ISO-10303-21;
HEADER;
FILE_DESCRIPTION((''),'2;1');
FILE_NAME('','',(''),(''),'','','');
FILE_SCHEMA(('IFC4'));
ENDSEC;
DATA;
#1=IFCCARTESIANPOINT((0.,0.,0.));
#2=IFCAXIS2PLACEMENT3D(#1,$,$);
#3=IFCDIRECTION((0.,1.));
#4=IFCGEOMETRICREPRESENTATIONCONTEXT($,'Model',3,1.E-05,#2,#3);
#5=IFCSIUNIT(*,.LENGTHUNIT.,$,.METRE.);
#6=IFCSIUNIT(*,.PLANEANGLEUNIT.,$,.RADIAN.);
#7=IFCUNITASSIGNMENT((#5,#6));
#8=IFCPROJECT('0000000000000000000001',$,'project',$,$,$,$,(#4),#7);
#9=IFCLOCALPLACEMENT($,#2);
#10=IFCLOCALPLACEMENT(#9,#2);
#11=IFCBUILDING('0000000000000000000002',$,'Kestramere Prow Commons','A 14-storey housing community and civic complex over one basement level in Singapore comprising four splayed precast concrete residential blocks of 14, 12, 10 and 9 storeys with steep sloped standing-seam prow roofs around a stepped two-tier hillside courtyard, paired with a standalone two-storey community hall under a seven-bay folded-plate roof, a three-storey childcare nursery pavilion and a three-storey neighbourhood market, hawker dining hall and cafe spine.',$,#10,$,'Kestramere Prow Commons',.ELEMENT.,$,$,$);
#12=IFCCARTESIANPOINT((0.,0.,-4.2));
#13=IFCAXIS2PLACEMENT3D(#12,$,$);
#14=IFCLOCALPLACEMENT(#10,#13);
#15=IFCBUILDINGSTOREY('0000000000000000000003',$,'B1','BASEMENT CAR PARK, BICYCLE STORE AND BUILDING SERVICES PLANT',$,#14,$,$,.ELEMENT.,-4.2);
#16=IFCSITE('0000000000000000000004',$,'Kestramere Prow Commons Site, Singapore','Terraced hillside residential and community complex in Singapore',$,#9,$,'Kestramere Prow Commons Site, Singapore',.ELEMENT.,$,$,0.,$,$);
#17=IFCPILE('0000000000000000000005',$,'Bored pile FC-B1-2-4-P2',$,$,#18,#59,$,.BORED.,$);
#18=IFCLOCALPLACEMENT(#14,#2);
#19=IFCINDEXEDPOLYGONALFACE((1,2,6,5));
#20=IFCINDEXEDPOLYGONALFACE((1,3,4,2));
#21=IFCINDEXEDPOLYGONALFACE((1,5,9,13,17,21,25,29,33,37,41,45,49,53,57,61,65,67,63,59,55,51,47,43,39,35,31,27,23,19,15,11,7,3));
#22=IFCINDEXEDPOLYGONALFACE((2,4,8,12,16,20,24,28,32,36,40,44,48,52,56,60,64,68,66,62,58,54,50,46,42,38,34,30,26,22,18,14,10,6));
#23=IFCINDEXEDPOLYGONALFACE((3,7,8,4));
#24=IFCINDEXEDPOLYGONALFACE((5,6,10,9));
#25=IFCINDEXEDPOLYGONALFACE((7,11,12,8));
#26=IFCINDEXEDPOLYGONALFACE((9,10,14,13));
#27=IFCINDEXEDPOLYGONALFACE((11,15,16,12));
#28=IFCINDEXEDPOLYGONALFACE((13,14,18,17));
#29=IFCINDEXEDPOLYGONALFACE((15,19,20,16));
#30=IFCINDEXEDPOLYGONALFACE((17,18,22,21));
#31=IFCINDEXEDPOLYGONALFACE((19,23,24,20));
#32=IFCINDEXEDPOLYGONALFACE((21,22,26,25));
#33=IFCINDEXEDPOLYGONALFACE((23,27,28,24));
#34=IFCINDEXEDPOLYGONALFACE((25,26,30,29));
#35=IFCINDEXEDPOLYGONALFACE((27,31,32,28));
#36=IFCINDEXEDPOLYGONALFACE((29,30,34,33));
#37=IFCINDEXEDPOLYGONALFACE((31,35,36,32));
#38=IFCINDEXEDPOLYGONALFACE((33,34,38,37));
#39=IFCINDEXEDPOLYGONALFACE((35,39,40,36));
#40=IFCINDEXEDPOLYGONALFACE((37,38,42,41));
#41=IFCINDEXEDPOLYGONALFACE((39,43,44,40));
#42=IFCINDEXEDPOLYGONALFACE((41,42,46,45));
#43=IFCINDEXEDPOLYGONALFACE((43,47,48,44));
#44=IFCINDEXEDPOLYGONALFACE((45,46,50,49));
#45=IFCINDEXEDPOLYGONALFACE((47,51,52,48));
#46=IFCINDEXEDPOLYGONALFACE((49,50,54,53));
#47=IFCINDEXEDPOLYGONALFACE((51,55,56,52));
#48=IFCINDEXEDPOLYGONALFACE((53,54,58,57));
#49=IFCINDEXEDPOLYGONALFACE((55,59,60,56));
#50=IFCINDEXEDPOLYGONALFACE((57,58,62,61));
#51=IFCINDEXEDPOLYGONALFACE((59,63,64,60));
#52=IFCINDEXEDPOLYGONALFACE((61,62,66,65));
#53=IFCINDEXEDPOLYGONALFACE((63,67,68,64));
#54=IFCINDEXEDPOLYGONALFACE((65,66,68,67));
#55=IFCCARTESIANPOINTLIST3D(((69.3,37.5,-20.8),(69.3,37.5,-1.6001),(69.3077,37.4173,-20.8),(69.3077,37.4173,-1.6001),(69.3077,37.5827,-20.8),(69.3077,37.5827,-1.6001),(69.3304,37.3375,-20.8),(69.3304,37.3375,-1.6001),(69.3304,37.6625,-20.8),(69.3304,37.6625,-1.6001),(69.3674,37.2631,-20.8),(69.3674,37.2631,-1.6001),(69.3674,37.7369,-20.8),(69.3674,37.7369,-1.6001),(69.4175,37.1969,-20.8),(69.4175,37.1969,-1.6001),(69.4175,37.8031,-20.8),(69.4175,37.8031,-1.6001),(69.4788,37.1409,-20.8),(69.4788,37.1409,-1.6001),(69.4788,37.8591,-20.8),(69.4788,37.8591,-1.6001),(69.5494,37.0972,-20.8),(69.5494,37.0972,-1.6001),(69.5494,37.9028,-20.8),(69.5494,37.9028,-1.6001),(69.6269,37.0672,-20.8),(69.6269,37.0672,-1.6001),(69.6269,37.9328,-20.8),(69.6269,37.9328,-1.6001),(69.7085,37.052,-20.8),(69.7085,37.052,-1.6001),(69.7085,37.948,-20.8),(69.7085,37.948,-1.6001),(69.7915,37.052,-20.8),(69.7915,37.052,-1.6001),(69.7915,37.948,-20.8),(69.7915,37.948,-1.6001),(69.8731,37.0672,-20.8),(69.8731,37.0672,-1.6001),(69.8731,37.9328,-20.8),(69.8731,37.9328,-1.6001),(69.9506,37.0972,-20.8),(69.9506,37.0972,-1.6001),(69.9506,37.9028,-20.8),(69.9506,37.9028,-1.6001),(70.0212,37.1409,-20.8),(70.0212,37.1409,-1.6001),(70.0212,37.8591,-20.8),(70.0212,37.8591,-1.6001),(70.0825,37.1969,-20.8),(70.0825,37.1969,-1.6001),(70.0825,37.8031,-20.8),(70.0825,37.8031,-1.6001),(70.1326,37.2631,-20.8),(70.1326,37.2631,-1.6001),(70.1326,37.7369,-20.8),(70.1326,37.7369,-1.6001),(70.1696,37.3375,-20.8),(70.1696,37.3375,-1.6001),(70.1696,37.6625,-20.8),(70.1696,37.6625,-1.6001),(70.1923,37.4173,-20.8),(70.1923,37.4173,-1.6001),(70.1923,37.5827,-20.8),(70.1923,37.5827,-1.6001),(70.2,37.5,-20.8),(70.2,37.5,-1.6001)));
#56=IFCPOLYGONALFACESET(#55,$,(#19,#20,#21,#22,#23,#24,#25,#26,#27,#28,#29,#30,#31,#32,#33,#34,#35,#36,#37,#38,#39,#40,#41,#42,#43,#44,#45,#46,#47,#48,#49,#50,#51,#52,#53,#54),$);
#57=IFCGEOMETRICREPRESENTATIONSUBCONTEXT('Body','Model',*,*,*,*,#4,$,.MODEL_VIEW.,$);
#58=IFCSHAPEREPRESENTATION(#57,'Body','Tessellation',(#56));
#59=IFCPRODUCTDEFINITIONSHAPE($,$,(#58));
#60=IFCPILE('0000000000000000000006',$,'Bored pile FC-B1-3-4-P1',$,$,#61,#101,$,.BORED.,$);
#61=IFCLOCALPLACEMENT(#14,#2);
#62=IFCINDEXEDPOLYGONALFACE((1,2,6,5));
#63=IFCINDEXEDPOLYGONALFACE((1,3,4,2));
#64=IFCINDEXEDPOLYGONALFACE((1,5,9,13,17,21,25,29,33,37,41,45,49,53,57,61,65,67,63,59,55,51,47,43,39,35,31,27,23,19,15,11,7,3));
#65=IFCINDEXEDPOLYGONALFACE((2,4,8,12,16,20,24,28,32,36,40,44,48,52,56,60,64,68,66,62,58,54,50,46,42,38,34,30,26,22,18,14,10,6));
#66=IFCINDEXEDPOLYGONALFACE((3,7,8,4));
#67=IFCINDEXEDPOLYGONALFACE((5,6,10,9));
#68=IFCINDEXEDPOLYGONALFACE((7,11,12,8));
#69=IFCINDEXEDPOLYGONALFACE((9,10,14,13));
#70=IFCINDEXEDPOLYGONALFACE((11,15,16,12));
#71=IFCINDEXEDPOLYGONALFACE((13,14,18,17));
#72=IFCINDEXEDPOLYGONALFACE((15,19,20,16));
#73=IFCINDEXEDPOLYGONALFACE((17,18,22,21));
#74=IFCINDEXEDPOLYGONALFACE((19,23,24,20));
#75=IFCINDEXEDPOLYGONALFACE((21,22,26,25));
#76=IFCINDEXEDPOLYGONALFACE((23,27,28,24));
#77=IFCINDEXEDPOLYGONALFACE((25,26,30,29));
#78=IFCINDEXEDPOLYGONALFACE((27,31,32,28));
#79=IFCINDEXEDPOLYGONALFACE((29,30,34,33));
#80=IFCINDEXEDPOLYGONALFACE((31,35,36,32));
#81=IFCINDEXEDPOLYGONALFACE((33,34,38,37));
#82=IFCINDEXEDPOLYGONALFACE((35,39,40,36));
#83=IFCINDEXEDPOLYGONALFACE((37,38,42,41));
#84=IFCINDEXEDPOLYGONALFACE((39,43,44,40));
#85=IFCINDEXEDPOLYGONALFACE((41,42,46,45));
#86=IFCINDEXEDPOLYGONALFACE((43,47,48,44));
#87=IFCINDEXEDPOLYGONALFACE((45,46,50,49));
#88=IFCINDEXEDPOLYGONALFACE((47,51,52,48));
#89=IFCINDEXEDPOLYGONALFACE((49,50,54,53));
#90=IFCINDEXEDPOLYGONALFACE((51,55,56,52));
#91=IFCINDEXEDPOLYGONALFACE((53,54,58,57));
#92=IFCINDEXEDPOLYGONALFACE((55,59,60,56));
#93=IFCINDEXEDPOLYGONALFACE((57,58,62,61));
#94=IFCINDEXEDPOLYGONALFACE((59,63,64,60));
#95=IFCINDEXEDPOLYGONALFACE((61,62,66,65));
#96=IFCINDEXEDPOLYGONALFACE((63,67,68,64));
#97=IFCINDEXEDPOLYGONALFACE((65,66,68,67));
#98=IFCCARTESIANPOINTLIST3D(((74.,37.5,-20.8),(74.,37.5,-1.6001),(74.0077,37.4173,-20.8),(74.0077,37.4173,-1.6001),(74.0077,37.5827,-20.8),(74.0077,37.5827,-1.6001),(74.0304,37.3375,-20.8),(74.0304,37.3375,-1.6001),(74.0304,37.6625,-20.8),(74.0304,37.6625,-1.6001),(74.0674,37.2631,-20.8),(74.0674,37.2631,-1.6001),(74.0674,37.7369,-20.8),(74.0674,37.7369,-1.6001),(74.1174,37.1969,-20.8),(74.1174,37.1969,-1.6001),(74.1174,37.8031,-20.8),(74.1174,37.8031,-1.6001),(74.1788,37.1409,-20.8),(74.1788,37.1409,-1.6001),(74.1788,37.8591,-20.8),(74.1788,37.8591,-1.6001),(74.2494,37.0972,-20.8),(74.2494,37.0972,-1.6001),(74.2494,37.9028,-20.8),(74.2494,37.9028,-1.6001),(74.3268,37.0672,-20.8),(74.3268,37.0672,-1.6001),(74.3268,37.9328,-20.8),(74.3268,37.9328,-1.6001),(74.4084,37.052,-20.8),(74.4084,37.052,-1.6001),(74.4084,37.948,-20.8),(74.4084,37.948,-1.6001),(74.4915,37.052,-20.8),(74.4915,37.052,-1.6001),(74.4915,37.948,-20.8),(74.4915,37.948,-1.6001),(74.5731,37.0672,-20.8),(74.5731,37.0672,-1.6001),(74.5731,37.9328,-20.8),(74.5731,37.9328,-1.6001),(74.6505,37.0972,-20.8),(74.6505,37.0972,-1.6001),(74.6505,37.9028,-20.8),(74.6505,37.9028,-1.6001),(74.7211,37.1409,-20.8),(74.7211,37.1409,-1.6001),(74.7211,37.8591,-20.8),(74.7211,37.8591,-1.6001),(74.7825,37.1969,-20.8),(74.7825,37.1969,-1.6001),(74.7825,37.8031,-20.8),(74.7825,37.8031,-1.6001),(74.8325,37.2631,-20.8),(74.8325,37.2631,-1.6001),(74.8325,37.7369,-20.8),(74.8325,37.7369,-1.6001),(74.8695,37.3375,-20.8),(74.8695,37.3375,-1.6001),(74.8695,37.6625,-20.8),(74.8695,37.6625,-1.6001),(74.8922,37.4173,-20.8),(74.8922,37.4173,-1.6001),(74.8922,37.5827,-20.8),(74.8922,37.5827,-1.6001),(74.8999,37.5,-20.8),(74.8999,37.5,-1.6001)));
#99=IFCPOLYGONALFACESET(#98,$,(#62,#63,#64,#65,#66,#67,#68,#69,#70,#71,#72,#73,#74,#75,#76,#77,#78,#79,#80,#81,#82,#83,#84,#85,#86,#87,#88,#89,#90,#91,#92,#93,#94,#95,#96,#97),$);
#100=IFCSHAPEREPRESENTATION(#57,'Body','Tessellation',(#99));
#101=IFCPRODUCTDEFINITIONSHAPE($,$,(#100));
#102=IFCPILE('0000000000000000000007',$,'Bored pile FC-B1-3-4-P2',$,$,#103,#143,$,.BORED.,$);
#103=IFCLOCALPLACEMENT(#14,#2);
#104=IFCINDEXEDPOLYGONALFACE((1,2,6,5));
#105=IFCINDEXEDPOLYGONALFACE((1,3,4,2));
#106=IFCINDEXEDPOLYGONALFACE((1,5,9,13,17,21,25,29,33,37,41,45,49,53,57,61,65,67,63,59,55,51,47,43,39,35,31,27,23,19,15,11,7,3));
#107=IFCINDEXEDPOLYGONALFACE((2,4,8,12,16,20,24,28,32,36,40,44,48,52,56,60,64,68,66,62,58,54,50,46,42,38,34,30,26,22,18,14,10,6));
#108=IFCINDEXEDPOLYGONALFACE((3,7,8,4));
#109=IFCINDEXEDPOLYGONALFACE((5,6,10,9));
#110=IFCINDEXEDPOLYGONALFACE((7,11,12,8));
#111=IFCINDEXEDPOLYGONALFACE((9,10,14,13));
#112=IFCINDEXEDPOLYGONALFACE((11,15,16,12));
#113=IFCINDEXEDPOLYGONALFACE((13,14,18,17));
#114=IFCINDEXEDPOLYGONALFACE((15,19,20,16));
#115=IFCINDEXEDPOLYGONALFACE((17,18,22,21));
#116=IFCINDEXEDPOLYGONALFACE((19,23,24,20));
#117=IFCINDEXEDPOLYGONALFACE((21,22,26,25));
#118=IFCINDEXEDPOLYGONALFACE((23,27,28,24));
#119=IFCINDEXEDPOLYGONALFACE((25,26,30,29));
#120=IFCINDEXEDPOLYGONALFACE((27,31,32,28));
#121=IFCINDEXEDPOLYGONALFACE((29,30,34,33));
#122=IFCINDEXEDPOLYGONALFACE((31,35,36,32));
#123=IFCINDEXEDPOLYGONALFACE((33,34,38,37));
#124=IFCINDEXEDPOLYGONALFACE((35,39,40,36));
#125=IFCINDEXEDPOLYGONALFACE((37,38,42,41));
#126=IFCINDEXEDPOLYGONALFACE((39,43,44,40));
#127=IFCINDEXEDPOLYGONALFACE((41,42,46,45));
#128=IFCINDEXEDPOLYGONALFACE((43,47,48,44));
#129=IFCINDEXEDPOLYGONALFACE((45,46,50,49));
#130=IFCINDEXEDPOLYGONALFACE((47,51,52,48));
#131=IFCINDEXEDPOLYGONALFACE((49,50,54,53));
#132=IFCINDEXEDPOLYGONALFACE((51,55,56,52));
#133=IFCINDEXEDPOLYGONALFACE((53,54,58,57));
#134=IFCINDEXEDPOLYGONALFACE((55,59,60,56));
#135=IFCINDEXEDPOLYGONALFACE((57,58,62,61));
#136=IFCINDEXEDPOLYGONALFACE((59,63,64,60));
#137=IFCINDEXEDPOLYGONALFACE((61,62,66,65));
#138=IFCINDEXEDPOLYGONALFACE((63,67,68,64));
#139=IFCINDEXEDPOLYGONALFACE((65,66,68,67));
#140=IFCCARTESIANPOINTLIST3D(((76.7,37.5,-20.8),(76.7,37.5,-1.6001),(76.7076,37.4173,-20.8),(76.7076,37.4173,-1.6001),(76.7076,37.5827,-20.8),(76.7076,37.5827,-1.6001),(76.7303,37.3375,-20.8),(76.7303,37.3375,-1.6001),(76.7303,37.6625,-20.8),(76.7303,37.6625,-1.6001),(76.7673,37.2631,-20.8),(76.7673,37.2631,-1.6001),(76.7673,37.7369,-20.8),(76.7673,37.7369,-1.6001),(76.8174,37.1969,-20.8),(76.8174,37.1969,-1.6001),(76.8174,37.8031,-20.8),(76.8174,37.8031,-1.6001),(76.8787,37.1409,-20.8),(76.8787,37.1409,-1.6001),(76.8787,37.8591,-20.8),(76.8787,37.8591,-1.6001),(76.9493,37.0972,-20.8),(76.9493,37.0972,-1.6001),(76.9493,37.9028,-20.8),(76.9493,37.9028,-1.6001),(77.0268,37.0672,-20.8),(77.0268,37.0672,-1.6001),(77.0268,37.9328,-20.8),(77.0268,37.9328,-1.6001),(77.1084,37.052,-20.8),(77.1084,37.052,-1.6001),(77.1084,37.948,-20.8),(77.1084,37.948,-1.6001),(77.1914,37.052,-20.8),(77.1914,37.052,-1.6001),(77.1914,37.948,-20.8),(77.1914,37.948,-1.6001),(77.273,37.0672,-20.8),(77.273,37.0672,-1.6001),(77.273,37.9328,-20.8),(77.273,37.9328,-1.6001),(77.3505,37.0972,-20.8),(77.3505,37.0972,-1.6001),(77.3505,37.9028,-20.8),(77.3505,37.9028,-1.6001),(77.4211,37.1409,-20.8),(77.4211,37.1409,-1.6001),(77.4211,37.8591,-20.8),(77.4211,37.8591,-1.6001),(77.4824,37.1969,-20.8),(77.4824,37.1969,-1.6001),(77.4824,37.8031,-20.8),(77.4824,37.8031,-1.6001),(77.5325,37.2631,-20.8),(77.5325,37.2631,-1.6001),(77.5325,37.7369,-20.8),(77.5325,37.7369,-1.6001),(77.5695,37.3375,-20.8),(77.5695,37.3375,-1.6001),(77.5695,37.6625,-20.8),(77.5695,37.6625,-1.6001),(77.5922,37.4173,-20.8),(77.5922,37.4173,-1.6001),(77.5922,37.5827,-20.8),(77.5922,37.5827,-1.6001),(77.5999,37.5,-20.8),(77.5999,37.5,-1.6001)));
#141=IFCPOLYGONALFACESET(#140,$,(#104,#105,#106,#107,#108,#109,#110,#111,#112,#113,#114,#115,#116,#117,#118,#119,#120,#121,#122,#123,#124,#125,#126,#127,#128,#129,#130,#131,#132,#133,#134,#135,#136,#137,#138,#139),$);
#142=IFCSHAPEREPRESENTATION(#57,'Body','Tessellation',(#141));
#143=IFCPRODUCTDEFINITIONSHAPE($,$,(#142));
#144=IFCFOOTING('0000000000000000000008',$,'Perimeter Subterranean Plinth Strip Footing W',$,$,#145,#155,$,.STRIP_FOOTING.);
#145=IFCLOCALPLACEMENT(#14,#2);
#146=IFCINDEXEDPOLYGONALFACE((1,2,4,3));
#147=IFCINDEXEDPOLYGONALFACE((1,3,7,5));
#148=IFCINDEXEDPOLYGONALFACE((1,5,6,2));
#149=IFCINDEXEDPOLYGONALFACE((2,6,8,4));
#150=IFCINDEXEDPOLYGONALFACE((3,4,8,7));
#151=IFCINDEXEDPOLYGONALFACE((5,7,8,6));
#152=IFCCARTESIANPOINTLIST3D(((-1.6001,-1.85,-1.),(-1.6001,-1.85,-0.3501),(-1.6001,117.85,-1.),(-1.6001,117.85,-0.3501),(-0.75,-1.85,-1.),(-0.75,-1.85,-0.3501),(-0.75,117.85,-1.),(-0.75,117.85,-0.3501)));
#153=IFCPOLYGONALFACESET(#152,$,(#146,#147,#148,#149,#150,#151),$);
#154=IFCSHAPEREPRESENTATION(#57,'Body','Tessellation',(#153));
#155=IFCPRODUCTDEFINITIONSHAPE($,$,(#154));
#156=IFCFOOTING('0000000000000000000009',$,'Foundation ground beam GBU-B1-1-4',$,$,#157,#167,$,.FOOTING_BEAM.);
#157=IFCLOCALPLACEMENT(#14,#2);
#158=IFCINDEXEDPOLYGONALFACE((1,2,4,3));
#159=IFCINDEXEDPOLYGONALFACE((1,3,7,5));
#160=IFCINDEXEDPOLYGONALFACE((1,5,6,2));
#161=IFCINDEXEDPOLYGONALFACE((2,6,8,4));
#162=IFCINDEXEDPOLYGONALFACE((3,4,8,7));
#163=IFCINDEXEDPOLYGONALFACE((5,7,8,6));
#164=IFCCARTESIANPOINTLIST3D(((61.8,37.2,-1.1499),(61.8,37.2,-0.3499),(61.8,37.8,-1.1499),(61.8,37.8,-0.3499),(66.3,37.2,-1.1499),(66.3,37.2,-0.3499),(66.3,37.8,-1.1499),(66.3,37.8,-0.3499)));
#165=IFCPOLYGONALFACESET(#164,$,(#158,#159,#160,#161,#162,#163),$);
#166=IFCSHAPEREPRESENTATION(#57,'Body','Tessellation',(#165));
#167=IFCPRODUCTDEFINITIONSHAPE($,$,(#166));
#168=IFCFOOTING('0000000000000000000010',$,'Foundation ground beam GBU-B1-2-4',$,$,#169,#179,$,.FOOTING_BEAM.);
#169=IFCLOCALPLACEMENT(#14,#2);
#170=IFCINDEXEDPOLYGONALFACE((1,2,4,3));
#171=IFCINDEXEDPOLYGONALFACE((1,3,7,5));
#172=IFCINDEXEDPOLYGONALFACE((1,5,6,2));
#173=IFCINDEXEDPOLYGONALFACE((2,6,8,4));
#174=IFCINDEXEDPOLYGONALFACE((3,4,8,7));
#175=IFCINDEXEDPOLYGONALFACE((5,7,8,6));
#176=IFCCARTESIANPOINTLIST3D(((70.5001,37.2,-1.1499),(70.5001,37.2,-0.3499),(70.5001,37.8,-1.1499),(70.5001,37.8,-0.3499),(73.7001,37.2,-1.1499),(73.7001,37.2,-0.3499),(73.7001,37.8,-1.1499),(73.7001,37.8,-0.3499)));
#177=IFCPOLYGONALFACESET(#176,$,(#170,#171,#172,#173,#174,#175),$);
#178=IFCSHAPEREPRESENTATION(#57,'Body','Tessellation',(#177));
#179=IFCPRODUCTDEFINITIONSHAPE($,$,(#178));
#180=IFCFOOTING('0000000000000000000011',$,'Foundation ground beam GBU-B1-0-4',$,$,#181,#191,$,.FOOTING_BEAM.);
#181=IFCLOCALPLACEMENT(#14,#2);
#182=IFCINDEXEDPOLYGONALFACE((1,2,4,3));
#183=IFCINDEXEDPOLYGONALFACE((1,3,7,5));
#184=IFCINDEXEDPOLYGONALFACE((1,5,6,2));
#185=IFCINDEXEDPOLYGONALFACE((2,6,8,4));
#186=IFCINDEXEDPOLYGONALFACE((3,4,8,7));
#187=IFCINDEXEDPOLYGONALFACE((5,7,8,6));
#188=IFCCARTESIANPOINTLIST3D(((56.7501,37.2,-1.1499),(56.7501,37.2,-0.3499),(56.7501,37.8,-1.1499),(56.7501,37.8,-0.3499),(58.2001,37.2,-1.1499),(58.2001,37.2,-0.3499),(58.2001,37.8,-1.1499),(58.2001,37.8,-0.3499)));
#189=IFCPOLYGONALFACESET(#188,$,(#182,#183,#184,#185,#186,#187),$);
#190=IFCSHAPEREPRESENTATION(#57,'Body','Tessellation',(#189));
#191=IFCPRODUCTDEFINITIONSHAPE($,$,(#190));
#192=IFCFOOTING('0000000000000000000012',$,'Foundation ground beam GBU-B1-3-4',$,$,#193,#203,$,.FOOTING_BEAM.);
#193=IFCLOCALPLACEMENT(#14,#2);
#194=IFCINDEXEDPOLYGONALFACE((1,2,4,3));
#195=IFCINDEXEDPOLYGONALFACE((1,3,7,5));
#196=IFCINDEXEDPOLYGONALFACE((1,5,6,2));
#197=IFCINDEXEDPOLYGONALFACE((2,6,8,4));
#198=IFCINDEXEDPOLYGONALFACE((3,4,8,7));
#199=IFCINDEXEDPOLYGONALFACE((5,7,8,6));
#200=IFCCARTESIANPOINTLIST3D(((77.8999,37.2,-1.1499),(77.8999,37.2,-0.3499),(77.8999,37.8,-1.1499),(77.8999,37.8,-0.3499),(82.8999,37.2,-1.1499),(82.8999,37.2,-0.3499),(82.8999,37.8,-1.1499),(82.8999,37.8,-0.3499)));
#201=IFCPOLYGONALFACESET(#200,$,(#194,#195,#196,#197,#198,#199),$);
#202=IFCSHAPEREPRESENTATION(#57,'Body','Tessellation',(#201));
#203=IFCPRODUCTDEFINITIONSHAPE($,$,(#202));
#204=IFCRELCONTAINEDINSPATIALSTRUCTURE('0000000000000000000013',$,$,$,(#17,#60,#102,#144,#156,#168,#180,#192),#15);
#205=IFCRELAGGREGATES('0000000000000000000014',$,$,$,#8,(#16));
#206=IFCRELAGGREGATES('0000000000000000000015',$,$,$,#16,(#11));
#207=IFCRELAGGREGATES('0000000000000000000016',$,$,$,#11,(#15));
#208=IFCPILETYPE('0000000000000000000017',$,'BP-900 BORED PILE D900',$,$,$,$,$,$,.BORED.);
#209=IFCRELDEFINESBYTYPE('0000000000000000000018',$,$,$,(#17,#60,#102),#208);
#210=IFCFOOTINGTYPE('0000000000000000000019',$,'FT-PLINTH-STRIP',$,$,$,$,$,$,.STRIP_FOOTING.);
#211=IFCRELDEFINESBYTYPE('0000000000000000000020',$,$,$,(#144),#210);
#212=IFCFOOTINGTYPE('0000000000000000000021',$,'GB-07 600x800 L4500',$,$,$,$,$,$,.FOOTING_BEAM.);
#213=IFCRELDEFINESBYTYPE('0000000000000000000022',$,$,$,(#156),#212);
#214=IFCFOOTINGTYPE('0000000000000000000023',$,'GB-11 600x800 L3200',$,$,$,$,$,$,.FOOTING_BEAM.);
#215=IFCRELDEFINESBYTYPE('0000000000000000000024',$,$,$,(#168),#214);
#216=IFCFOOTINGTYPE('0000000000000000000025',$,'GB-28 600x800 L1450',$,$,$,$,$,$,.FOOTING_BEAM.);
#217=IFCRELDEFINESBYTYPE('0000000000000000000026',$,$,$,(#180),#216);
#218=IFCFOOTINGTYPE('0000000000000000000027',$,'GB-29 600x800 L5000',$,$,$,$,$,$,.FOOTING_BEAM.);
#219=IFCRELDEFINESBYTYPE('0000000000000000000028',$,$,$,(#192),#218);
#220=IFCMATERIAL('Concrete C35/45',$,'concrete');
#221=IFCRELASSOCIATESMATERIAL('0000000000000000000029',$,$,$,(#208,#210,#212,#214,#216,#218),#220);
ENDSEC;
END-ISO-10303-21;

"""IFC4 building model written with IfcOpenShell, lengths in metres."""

from ifc_helpers import new_model, si_unit, direction, frame, origin, origin_2d, place, context, subcontext, project, spatial, rectangle, circle, extrude, material, material_profile, profile_set, type_object, element, save


model = new_model("IFC4")

# Units and contexts
model_context = context("Model", 3, precision=1e-05, world=origin(), true_north=direction((0.0, 1.0)))
body_context = subcontext(model_context, "Body", "Model", "MODEL_VIEW")
ifc_project = project(units=[si_unit("LENGTHUNIT", "METRE"), si_unit("PLANEANGLEUNIT", "RADIAN")], contexts=[model_context])

# Site, building, storey
site_placement = place(None, origin())
site = spatial("IfcSite", under=ifc_project, at=site_placement, Name="Kestramere Prow Commons Site, Singapore", Description="Terraced hillside residential and community complex in Singapore", LongName="Kestramere Prow Commons Site, Singapore", CompositionType="ELEMENT", RefElevation=0.0)
building_placement = place(site_placement, origin())
building = spatial("IfcBuilding", under=site, at=building_placement, Name="Kestramere Prow Commons", Description="A 14-storey housing community and civic complex over one basement level in Singapore comprising four splayed precast concrete residential blocks of 14, 12, 10 and 9 storeys with steep sloped standing-seam prow roofs around a stepped two-tier hillside courtyard, paired with a standalone two-storey community hall under a seven-bay folded-plate roof, a three-storey childcare nursery pavilion and a three-storey neighbourhood market, hawker dining hall and cafe spine.", LongName="Kestramere Prow Commons", CompositionType="ELEMENT")
storey_placement = place(building_placement, frame((0.0, 0.0, -4.2)))
storey = spatial("IfcBuildingStorey", under=building, at=storey_placement, Name="B1", Description="BASEMENT CAR PARK, BICYCLE STORE AND BUILDING SERVICES PLANT", CompositionType="ELEMENT", Elevation=-4.2)

# Piles
ifc_material_1 = material(Name="Concrete C35/45", Category="concrete")
ifc_material_profile_1 = material_profile(ifc_material_1, circle(Radius=0.45, at=origin_2d()), Name="BORED PILE D900")
ifc_profile_set_1 = profile_set([ifc_material_profile_1], Name="Concrete C35/45")
pile_type_1 = type_object("IfcPileType", Name="BP-900 BORED PILE D900", PredefinedType="BORED", material=ifc_profile_set_1)
for number, where, z_axis, x_axis, name in (
    (1, (69.75, 37.5, -1.6001), (0.0, 0.0, -1.0), (1.0, 0.0, 0.0), "Bored pile FC-B1-2-4-P2"),
    (2, (74.45, 37.5, -1.6001), (0.0, 0.0, -1.0), (1.0, 0.0, 0.0), "Bored pile FC-B1-3-4-P1"),
    (3, (77.1499, 37.5, -1.6001), (0.0, 0.0, -1.0), (1.0, 0.0, 0.0), "Bored pile FC-B1-3-4-P2"),
):
    element("IfcPile", number, at=place(storey_placement, frame(where, z_axis=z_axis, x_axis=x_axis)), inside=storey, type_object=pile_type_1, Name=name, PredefinedType="BORED", context=body_context, shape_type="SweptSolid", body=[
        extrude(circle(Radius=0.45, at=origin_2d()), origin(), (0.0, 0.0, 1.0), 19.2),
    ])

# Footings
footing_type_1 = type_object("IfcFootingType", Name="FT-PLINTH-STRIP", PredefinedType="STRIP_FOOTING", material=ifc_material_1)
footing_1_placement = place(storey_placement, frame((-1.175, 58.0, -1.0), z_axis=(0.0, 0.0, 1.0), x_axis=(1.0, 0.0, 0.0)))
element("IfcFooting", 4, at=footing_1_placement, inside=storey, type_object=footing_type_1, Name="Perimeter Subterranean Plinth Strip Footing W", PredefinedType="STRIP_FOOTING", context=body_context, shape_type="SweptSolid", body=[
    extrude(rectangle(XDim=0.8501, YDim=119.7, at=origin_2d()), origin(), (0.0, 0.0, 1.0), 0.6499),
])
footing_type_2 = type_object("IfcFootingType", Name="GB-07 600x800 L4500", PredefinedType="FOOTING_BEAM", material=ifc_material_1)
footing_2_placement = place(storey_placement, frame((64.05, 37.5, -1.1499), z_axis=(0.0, 0.0, 1.0), x_axis=(1.0, 0.0, 0.0)))
element("IfcFooting", 5, at=footing_2_placement, inside=storey, type_object=footing_type_2, Name="Foundation ground beam GBU-B1-1-4", PredefinedType="FOOTING_BEAM", context=body_context, shape_type="SweptSolid", body=[
    extrude(rectangle(XDim=4.5, YDim=0.6001, at=origin_2d()), origin(), (0.0, 0.0, 1.0), 0.8),
])
footing_type_3 = type_object("IfcFootingType", Name="GB-11 600x800 L3200", PredefinedType="FOOTING_BEAM", material=ifc_material_1)
footing_3_placement = place(storey_placement, frame((72.1001, 37.5, -1.1499), z_axis=(0.0, 0.0, 1.0), x_axis=(1.0, 0.0, 0.0)))
element("IfcFooting", 6, at=footing_3_placement, inside=storey, type_object=footing_type_3, Name="Foundation ground beam GBU-B1-2-4", PredefinedType="FOOTING_BEAM", context=body_context, shape_type="SweptSolid", body=[
    extrude(rectangle(XDim=3.2, YDim=0.6001, at=origin_2d()), origin(), (0.0, 0.0, 1.0), 0.8),
])
footing_type_4 = type_object("IfcFootingType", Name="GB-28 600x800 L1450", PredefinedType="FOOTING_BEAM", material=ifc_material_1)
footing_4_placement = place(storey_placement, frame((57.4751, 37.5, -1.1499), z_axis=(0.0, 0.0, 1.0), x_axis=(1.0, 0.0, 0.0)))
element("IfcFooting", 7, at=footing_4_placement, inside=storey, type_object=footing_type_4, Name="Foundation ground beam GBU-B1-0-4", PredefinedType="FOOTING_BEAM", context=body_context, shape_type="SweptSolid", body=[
    extrude(rectangle(XDim=1.45, YDim=0.6001, at=origin_2d()), origin(), (0.0, 0.0, 1.0), 0.8),
])
footing_type_5 = type_object("IfcFootingType", Name="GB-29 600x800 L5000", PredefinedType="FOOTING_BEAM", material=ifc_material_1)
footing_5_placement = place(storey_placement, frame((80.3999, 37.5, -1.1499), z_axis=(0.0, 0.0, 1.0), x_axis=(1.0, 0.0, 0.0)))
element("IfcFooting", 8, at=footing_5_placement, inside=storey, type_object=footing_type_5, Name="Foundation ground beam GBU-B1-3-4", PredefinedType="FOOTING_BEAM", context=body_context, shape_type="SweptSolid", body=[
    extrude(rectangle(XDim=5.0, YDim=0.6001, at=origin_2d()), origin(), (0.0, 0.0, 1.0), 0.8),
])

save(model, "model.ifc")
